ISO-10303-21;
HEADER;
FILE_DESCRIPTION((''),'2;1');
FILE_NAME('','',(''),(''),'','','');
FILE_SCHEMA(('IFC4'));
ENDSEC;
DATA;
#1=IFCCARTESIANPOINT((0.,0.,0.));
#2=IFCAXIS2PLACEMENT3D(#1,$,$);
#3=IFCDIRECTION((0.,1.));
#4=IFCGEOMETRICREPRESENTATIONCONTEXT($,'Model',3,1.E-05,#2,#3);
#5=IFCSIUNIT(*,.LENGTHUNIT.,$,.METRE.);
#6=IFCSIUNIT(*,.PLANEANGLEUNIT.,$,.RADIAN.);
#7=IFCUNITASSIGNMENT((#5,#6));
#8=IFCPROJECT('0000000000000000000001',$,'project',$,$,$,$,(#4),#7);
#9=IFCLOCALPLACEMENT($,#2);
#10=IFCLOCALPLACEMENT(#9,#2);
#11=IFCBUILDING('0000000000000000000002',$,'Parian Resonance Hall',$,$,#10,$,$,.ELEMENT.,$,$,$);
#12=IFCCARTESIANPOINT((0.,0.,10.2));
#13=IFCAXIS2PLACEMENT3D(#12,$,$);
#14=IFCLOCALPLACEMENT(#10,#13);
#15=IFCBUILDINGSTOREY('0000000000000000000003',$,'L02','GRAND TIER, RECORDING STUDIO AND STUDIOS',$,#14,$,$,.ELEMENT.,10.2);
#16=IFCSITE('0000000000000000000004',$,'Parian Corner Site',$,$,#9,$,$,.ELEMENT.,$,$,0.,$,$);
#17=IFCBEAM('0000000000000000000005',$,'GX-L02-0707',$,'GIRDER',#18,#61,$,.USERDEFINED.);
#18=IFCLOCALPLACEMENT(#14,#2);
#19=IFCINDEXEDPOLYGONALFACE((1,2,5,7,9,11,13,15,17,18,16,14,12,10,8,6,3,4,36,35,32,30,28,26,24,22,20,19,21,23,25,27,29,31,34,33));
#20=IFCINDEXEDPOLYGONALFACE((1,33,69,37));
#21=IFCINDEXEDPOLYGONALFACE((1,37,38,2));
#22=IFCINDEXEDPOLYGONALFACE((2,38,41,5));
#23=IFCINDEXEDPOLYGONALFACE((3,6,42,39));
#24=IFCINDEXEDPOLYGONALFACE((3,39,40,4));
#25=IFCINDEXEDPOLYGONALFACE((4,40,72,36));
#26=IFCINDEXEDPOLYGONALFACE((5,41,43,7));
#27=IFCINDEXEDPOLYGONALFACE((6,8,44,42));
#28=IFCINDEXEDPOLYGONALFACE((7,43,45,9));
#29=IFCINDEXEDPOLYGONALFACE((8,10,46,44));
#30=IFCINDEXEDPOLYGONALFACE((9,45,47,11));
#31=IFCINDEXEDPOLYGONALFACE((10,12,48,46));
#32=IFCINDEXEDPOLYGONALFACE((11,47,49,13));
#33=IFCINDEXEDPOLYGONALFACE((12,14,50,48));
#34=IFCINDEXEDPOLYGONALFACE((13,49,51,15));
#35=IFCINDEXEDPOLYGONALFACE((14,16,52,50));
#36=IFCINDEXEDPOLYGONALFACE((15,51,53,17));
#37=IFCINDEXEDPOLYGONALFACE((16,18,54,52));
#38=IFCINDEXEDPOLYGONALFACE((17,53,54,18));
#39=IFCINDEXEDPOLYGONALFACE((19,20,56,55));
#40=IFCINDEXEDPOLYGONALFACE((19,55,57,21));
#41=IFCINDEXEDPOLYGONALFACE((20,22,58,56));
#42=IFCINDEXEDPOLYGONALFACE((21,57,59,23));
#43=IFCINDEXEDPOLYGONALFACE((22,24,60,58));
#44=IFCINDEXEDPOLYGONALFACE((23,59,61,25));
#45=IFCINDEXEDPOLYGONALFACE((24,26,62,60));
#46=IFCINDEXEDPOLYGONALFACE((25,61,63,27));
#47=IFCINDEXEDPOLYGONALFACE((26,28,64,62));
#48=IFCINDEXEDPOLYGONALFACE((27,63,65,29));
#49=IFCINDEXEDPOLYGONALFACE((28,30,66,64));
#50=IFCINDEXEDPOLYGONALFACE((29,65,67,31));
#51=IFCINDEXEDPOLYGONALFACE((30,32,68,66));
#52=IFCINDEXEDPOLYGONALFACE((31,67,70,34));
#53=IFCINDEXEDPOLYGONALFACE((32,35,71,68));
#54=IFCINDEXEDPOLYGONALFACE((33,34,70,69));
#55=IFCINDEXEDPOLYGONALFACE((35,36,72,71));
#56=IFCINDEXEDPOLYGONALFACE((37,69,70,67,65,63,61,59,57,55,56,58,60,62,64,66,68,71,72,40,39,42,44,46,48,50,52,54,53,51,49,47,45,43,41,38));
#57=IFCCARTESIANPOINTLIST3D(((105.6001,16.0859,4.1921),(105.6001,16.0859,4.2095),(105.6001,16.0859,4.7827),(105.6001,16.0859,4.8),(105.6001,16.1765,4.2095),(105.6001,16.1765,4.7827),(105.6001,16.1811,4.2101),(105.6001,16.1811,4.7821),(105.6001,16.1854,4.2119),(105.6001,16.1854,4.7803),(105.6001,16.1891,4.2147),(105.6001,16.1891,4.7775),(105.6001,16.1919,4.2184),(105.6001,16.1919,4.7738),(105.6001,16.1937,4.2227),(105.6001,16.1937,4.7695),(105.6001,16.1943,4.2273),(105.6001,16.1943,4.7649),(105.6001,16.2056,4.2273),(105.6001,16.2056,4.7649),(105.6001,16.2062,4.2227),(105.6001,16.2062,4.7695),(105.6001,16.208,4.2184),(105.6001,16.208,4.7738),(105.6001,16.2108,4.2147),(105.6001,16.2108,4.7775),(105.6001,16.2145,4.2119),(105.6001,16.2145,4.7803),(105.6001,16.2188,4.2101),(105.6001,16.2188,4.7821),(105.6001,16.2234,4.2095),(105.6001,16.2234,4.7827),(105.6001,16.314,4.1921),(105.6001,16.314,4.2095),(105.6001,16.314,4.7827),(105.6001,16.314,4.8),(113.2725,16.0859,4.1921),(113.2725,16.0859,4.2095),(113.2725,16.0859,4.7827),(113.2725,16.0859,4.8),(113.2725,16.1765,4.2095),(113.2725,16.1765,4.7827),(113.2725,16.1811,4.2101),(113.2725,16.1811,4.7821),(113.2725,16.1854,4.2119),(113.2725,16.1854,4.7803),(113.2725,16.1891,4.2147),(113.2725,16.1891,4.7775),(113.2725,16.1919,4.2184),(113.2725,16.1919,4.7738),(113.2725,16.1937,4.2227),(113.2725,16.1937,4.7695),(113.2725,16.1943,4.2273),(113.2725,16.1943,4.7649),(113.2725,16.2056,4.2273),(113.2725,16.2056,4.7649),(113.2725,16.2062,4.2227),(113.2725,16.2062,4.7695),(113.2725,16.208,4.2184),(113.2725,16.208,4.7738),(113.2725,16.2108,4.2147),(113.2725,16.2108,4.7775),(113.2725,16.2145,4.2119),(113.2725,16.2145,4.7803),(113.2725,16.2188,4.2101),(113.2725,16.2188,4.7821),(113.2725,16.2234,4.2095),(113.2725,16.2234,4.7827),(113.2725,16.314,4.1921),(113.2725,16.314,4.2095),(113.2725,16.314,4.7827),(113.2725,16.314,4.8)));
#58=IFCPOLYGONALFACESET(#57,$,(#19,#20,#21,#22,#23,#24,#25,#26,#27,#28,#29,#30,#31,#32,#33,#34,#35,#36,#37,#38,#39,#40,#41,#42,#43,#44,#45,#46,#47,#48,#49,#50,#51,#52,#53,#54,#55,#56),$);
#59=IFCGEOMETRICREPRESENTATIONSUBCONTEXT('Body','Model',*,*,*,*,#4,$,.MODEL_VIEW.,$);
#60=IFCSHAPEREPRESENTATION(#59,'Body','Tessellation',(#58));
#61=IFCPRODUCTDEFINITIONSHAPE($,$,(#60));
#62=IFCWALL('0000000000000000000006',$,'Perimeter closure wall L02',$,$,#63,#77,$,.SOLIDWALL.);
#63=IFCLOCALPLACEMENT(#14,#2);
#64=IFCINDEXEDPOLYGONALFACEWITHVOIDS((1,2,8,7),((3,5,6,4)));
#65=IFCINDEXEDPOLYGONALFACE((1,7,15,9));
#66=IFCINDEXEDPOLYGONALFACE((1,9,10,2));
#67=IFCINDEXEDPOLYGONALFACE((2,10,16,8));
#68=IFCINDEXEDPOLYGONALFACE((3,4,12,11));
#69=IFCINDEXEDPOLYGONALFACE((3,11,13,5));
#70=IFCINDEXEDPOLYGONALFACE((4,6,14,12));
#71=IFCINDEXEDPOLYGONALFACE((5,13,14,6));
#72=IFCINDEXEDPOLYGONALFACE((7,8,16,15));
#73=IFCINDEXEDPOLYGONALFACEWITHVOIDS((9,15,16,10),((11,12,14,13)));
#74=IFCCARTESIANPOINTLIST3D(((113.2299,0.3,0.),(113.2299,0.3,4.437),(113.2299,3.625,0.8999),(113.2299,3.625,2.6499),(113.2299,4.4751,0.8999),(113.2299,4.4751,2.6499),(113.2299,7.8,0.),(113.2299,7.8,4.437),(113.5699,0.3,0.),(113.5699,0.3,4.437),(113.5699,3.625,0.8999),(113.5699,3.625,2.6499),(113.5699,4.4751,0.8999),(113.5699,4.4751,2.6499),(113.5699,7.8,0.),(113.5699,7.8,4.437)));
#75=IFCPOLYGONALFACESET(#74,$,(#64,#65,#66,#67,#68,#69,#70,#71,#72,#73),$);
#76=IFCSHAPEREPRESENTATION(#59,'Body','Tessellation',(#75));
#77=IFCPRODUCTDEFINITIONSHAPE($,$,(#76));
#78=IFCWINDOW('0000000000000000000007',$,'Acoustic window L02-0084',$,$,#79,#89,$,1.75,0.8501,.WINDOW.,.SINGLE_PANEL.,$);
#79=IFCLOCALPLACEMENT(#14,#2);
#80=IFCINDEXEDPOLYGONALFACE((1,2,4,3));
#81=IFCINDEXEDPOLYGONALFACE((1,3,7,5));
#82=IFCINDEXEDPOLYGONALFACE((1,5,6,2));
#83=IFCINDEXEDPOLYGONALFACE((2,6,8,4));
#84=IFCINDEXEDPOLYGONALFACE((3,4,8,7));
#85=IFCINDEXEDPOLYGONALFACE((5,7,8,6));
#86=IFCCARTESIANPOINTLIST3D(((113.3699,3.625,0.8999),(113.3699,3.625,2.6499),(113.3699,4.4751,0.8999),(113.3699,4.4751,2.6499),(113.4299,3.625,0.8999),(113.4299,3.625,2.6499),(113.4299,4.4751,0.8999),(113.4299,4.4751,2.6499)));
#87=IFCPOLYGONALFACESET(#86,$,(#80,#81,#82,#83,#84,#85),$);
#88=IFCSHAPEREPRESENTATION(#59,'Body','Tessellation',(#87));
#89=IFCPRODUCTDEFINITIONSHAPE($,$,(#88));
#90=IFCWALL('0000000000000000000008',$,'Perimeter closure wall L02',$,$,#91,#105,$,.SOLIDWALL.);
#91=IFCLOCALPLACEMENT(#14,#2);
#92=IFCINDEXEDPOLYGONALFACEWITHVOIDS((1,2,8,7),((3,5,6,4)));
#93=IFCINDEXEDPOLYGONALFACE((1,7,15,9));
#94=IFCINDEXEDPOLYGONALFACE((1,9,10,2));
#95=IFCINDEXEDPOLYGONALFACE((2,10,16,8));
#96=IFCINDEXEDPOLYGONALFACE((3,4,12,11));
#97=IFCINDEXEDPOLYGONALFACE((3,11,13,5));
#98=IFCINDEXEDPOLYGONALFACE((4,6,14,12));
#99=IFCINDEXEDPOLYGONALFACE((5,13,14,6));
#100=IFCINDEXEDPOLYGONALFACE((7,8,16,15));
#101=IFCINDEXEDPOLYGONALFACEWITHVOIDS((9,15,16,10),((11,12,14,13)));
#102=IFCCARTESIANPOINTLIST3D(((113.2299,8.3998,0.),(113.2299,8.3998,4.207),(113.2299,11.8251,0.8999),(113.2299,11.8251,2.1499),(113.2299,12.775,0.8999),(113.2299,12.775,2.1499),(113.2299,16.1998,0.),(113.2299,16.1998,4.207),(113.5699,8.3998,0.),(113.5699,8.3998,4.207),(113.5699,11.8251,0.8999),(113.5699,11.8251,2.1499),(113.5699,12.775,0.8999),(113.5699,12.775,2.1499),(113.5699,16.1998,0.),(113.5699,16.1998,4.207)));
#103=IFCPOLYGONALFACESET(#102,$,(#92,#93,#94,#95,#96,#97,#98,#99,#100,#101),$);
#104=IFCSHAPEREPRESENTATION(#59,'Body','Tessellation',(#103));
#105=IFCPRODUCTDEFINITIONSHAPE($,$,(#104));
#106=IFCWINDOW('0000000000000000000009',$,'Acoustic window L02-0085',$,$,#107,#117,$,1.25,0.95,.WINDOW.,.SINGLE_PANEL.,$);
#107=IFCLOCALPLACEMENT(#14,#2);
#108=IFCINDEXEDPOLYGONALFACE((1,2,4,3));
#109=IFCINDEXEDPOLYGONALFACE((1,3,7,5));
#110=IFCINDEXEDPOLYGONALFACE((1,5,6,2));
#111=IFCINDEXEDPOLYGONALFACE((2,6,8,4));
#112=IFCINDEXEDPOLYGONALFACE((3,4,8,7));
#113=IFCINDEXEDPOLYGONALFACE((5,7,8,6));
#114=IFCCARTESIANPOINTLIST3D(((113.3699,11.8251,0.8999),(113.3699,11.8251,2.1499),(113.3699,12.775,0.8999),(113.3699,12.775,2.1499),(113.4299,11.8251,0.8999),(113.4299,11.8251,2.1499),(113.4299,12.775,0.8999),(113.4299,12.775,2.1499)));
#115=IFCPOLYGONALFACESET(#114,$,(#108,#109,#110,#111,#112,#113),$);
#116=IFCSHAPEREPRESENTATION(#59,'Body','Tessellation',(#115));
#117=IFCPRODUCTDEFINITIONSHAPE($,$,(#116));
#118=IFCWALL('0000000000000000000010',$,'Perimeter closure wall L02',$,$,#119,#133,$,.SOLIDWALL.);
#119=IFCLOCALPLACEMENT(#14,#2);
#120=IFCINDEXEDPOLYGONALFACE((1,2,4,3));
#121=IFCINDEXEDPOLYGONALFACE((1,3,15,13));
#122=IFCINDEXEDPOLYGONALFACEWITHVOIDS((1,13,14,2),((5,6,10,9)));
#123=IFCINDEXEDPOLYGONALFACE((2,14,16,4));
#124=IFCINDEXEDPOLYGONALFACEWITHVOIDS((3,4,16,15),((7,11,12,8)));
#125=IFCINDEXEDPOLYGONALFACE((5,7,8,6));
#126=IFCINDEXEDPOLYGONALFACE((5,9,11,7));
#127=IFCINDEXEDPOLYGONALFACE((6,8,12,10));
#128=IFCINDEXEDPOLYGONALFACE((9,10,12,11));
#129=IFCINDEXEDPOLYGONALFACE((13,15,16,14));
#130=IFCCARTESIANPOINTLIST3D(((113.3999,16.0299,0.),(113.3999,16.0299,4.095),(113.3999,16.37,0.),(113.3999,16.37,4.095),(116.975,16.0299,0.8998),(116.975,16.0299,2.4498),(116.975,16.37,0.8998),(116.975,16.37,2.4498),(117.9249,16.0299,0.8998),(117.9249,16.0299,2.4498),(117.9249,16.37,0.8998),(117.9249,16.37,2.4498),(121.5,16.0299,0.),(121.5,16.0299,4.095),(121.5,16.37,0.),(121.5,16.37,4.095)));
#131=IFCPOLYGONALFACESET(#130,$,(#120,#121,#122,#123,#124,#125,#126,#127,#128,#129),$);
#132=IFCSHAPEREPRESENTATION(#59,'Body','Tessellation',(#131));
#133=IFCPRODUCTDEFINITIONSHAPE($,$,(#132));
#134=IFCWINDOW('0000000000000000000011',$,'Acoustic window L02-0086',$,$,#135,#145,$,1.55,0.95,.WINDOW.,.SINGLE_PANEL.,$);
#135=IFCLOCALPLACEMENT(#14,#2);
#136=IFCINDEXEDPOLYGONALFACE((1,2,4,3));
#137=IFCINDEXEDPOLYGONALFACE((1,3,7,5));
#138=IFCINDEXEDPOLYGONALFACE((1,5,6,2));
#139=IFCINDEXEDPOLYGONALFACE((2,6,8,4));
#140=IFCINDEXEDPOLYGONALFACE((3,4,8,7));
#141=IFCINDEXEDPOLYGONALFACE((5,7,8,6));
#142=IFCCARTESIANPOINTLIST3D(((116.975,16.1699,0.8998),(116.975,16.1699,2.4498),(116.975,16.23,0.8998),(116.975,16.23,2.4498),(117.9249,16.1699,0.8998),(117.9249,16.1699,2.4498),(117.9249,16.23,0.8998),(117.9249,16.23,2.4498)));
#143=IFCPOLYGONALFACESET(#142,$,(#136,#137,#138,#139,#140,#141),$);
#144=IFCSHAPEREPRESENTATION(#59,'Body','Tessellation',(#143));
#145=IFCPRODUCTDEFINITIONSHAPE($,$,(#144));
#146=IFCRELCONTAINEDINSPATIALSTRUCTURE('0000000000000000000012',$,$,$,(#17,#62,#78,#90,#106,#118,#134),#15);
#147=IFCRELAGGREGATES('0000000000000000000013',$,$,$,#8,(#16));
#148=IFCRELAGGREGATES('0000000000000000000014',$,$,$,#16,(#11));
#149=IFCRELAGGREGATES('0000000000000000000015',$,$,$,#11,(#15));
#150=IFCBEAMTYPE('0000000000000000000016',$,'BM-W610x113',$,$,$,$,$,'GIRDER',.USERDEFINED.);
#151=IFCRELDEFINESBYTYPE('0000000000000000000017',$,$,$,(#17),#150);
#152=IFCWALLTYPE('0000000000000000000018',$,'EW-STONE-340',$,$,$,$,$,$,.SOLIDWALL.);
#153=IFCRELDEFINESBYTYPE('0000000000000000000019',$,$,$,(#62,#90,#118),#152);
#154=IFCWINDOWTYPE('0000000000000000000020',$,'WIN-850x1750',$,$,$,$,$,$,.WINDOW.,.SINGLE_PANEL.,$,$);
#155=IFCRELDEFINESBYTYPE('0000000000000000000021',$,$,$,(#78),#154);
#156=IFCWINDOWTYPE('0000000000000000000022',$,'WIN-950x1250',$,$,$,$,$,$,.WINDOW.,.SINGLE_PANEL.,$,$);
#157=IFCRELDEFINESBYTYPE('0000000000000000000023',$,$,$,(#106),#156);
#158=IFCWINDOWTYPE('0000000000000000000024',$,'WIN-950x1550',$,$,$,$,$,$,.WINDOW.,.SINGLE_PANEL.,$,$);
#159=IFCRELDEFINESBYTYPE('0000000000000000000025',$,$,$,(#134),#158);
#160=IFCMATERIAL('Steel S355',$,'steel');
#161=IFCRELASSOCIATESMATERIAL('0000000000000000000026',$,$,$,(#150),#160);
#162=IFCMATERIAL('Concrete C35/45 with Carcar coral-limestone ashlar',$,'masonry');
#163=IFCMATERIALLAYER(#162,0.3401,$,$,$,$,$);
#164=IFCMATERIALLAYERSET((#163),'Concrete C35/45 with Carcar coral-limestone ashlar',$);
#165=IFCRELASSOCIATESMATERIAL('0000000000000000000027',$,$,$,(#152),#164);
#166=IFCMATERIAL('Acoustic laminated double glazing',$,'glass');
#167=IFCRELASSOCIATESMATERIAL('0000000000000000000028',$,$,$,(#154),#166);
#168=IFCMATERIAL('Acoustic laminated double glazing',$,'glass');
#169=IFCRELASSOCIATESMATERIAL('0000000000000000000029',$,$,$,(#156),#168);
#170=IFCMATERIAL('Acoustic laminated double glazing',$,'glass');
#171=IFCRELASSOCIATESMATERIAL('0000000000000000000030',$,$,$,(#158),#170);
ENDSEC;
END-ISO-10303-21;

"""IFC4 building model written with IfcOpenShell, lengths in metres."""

from ifc_helpers import new_model, si_unit, direction, frame, frame_2d, origin, origin_2d, place, context, subcontext, project, spatial, rectangle, i_section, extrude, material, layer, layer_set, material_profile, profile_set, type_object, element, fill, save


model = new_model("IFC4")

# Units and contexts
model_context = context("Model", 3, precision=1e-05, world=origin(), true_north=direction((0.0, 1.0)))
body_context = subcontext(model_context, "Body", "Model", "MODEL_VIEW")
ifc_project = project(units=[si_unit("LENGTHUNIT", "METRE"), si_unit("PLANEANGLEUNIT", "RADIAN")], contexts=[model_context])

# Site, building, storey
site_placement = place(None, origin())
site = spatial("IfcSite", under=ifc_project, at=site_placement, Name="Parian Corner Site", CompositionType="ELEMENT", RefElevation=0.0)
building_placement = place(site_placement, origin())
building = spatial("IfcBuilding", under=site, at=building_placement, Name="Parian Resonance Hall", CompositionType="ELEMENT")
storey_placement = place(building_placement, frame((0.0, 0.0, 10.2)))
storey = spatial("IfcBuildingStorey", under=building, at=storey_placement, Name="L02", Description="GRAND TIER, RECORDING STUDIO AND STUDIOS", CompositionType="ELEMENT", Elevation=10.2)

# Beam
ifc_material_1 = material(Name="Steel S355", Category="steel")
ifc_material_profile_1 = material_profile(ifc_material_1, i_section(OverallWidth=0.228, OverallDepth=0.6079, WebThickness=0.0112, FlangeThickness=0.0173, FilletRadius=0.0178, at=origin_2d()), Name="W610x113")
ifc_profile_set_1 = profile_set([ifc_material_profile_1], Name="Steel S355")
beam_type_1 = type_object("IfcBeamType", Name="BM-W610x113", ElementType="GIRDER", PredefinedType="USERDEFINED", material=ifc_profile_set_1)
beam_1_placement = place(storey_placement, frame((105.6001, 16.2, 4.4961), z_axis=(1.0, 0.0, 0.0), x_axis=(0.0, 1.0, 0.0)))
element("IfcBeam", 1, at=beam_1_placement, inside=storey, type_object=beam_type_1, Name="GX-L02-0707", ObjectType="GIRDER", PredefinedType="USERDEFINED", context=body_context, shape_type="SweptSolid", body=[
    extrude(i_section(OverallWidth=0.228, OverallDepth=0.6079, WebThickness=0.0112, FlangeThickness=0.0173, FilletRadius=0.0178, at=origin_2d()), origin(), (0.0, 0.0, 1.0), 7.6724),
])

# Walls, openings, windows
ifc_material_2 = material(Name="Concrete C35/45 with Carcar coral-limestone ashlar", Category="masonry")
ifc_layer_1 = layer(ifc_material_2, 0.3401)
ifc_layer_set_1 = layer_set([ifc_layer_1], Name="Concrete C35/45 with Carcar coral-limestone ashlar")
wall_type_1 = type_object("IfcWallType", Name="EW-STONE-340", PredefinedType="SOLIDWALL", material=ifc_layer_set_1)
wall_1_placement = place(storey_placement, frame((113.3999, 0.3, 0.0), z_axis=(0.0, 0.0, 1.0), x_axis=(0.0, 1.0, 0.0)))
wall_1 = element("IfcWall", 2, at=wall_1_placement, inside=storey, type_object=wall_type_1, Name="Perimeter closure wall L02", PredefinedType="SOLIDWALL", context=body_context, shape_type="SweptSolid", body=[
    extrude(rectangle(XDim=7.5, YDim=0.3401, at=frame_2d((3.75, 0.0))), origin(), (0.0, 0.0, 1.0), 4.437),
])
opening_1_placement = place(wall_1_placement, frame((3.325, 0.0, 0.8999)))
opening_1 = element("IfcOpeningElement", 3, at=opening_1_placement, cuts=wall_1, PredefinedType="OPENING", context=body_context, shape_type="SweptSolid", body=[
    extrude(rectangle(XDim=0.8501, YDim=1.75, at=frame_2d((0.425, 0.875))), frame((0.0, 0.1799, 0.0), z_axis=(0.0, -1.0, 0.0), x_axis=(1.0, 0.0, 0.0)), (0.0, 0.0, 1.0), 0.3601),
])
ifc_material_3 = material(Name="Acoustic laminated double glazing", Category="glass")
window_type_1 = type_object("IfcWindowType", Name="WIN-850x1750", PartitioningType="SINGLE_PANEL", PredefinedType="WINDOW", material=ifc_material_3)
window_1_placement = place(opening_1_placement, origin())
window_1 = element("IfcWindow", 4, at=window_1_placement, inside=storey, type_object=window_type_1, Name="Acoustic window L02-0084", OverallHeight=1.75, OverallWidth=0.8501, PartitioningType="SINGLE_PANEL", PredefinedType="WINDOW", context=body_context, shape_type="SweptSolid", body=[
    extrude(rectangle(XDim=0.8501, YDim=1.75, at=frame_2d((0.425, 0.875))), frame((0.0, 0.03, 0.0), z_axis=(0.0, -1.0, 0.0), x_axis=(1.0, 0.0, 0.0)), (0.0, 0.0, 1.0), 0.0601),
])
fill(opening_1, window_1)
wall_2_placement = place(storey_placement, frame((113.3999, 8.3999, 0.0), z_axis=(0.0, 0.0, 1.0), x_axis=(0.0, 1.0, 0.0)))
wall_2 = element("IfcWall", 5, at=wall_2_placement, inside=storey, type_object=wall_type_1, Name="Perimeter closure wall L02", PredefinedType="SOLIDWALL", context=body_context, shape_type="SweptSolid", body=[
    extrude(rectangle(XDim=7.8, YDim=0.3401, at=frame_2d((3.8999, 0.0))), origin(), (0.0, 0.0, 1.0), 4.207),
])
opening_2_placement = place(wall_2_placement, frame((3.425, 0.0, 0.8999)))
opening_2 = element("IfcOpeningElement", 6, at=opening_2_placement, cuts=wall_2, PredefinedType="OPENING", context=body_context, shape_type="SweptSolid", body=[
    extrude(rectangle(XDim=0.95, YDim=1.25, at=frame_2d((0.4751, 0.625))), frame((0.0, 0.1799, 0.0), z_axis=(0.0, -1.0, 0.0), x_axis=(1.0, 0.0, 0.0)), (0.0, 0.0, 1.0), 0.3601),
])
ifc_material_4 = material(Name="Acoustic laminated double glazing", Category="glass")
window_type_2 = type_object("IfcWindowType", Name="WIN-950x1250", PartitioningType="SINGLE_PANEL", PredefinedType="WINDOW", material=ifc_material_4)
window_2_placement = place(opening_2_placement, origin())
window_2 = element("IfcWindow", 7, at=window_2_placement, inside=storey, type_object=window_type_2, Name="Acoustic window L02-0085", OverallHeight=1.25, OverallWidth=0.95, PartitioningType="SINGLE_PANEL", PredefinedType="WINDOW", context=body_context, shape_type="SweptSolid", body=[
    extrude(rectangle(XDim=0.95, YDim=1.25, at=frame_2d((0.4751, 0.625))), frame((0.0, 0.03, 0.0), z_axis=(0.0, -1.0, 0.0), x_axis=(1.0, 0.0, 0.0)), (0.0, 0.0, 1.0), 0.0601),
])
fill(opening_2, window_2)
wall_3_placement = place(storey_placement, frame((113.3999, 16.2, 0.0), z_axis=(0.0, 0.0, 1.0), x_axis=(1.0, 0.0, 0.0)))
wall_3 = element("IfcWall", 8, at=wall_3_placement, inside=storey, type_object=wall_type_1, Name="Perimeter closure wall L02", PredefinedType="SOLIDWALL", context=body_context, shape_type="SweptSolid", body=[
    extrude(rectangle(XDim=8.1001, YDim=0.3401, at=frame_2d((4.05, 0.0))), origin(), (0.0, 0.0, 1.0), 4.095),
])
opening_3_placement = place(wall_3_placement, frame((3.575, 0.0, 0.8999)))
opening_3 = element("IfcOpeningElement", 9, at=opening_3_placement, cuts=wall_3, PredefinedType="OPENING", context=body_context, shape_type="SweptSolid", body=[
    extrude(rectangle(XDim=0.95, YDim=1.55, at=frame_2d((0.4751, 0.7749))), frame((0.0, 0.1799, 0.0), z_axis=(0.0, -1.0, 0.0), x_axis=(1.0, 0.0, 0.0)), (0.0, 0.0, 1.0), 0.3601),
])
ifc_material_5 = material(Name="Acoustic laminated double glazing", Category="glass")
window_type_3 = type_object("IfcWindowType", Name="WIN-950x1550", PartitioningType="SINGLE_PANEL", PredefinedType="WINDOW", material=ifc_material_5)
window_3_placement = place(opening_3_placement, origin())
window_3 = element("IfcWindow", 10, at=window_3_placement, inside=storey, type_object=window_type_3, Name="Acoustic window L02-0086", OverallHeight=1.55, OverallWidth=0.95, PartitioningType="SINGLE_PANEL", PredefinedType="WINDOW", context=body_context, shape_type="SweptSolid", body=[
    extrude(rectangle(XDim=0.95, YDim=1.55, at=frame_2d((0.4751, 0.7749))), frame((0.0, 0.03, 0.0), z_axis=(0.0, -1.0, 0.0), x_axis=(1.0, 0.0, 0.0)), (0.0, 0.0, 1.0), 0.0601),
])
fill(opening_3, window_3)

save(model, "model.ifc")
